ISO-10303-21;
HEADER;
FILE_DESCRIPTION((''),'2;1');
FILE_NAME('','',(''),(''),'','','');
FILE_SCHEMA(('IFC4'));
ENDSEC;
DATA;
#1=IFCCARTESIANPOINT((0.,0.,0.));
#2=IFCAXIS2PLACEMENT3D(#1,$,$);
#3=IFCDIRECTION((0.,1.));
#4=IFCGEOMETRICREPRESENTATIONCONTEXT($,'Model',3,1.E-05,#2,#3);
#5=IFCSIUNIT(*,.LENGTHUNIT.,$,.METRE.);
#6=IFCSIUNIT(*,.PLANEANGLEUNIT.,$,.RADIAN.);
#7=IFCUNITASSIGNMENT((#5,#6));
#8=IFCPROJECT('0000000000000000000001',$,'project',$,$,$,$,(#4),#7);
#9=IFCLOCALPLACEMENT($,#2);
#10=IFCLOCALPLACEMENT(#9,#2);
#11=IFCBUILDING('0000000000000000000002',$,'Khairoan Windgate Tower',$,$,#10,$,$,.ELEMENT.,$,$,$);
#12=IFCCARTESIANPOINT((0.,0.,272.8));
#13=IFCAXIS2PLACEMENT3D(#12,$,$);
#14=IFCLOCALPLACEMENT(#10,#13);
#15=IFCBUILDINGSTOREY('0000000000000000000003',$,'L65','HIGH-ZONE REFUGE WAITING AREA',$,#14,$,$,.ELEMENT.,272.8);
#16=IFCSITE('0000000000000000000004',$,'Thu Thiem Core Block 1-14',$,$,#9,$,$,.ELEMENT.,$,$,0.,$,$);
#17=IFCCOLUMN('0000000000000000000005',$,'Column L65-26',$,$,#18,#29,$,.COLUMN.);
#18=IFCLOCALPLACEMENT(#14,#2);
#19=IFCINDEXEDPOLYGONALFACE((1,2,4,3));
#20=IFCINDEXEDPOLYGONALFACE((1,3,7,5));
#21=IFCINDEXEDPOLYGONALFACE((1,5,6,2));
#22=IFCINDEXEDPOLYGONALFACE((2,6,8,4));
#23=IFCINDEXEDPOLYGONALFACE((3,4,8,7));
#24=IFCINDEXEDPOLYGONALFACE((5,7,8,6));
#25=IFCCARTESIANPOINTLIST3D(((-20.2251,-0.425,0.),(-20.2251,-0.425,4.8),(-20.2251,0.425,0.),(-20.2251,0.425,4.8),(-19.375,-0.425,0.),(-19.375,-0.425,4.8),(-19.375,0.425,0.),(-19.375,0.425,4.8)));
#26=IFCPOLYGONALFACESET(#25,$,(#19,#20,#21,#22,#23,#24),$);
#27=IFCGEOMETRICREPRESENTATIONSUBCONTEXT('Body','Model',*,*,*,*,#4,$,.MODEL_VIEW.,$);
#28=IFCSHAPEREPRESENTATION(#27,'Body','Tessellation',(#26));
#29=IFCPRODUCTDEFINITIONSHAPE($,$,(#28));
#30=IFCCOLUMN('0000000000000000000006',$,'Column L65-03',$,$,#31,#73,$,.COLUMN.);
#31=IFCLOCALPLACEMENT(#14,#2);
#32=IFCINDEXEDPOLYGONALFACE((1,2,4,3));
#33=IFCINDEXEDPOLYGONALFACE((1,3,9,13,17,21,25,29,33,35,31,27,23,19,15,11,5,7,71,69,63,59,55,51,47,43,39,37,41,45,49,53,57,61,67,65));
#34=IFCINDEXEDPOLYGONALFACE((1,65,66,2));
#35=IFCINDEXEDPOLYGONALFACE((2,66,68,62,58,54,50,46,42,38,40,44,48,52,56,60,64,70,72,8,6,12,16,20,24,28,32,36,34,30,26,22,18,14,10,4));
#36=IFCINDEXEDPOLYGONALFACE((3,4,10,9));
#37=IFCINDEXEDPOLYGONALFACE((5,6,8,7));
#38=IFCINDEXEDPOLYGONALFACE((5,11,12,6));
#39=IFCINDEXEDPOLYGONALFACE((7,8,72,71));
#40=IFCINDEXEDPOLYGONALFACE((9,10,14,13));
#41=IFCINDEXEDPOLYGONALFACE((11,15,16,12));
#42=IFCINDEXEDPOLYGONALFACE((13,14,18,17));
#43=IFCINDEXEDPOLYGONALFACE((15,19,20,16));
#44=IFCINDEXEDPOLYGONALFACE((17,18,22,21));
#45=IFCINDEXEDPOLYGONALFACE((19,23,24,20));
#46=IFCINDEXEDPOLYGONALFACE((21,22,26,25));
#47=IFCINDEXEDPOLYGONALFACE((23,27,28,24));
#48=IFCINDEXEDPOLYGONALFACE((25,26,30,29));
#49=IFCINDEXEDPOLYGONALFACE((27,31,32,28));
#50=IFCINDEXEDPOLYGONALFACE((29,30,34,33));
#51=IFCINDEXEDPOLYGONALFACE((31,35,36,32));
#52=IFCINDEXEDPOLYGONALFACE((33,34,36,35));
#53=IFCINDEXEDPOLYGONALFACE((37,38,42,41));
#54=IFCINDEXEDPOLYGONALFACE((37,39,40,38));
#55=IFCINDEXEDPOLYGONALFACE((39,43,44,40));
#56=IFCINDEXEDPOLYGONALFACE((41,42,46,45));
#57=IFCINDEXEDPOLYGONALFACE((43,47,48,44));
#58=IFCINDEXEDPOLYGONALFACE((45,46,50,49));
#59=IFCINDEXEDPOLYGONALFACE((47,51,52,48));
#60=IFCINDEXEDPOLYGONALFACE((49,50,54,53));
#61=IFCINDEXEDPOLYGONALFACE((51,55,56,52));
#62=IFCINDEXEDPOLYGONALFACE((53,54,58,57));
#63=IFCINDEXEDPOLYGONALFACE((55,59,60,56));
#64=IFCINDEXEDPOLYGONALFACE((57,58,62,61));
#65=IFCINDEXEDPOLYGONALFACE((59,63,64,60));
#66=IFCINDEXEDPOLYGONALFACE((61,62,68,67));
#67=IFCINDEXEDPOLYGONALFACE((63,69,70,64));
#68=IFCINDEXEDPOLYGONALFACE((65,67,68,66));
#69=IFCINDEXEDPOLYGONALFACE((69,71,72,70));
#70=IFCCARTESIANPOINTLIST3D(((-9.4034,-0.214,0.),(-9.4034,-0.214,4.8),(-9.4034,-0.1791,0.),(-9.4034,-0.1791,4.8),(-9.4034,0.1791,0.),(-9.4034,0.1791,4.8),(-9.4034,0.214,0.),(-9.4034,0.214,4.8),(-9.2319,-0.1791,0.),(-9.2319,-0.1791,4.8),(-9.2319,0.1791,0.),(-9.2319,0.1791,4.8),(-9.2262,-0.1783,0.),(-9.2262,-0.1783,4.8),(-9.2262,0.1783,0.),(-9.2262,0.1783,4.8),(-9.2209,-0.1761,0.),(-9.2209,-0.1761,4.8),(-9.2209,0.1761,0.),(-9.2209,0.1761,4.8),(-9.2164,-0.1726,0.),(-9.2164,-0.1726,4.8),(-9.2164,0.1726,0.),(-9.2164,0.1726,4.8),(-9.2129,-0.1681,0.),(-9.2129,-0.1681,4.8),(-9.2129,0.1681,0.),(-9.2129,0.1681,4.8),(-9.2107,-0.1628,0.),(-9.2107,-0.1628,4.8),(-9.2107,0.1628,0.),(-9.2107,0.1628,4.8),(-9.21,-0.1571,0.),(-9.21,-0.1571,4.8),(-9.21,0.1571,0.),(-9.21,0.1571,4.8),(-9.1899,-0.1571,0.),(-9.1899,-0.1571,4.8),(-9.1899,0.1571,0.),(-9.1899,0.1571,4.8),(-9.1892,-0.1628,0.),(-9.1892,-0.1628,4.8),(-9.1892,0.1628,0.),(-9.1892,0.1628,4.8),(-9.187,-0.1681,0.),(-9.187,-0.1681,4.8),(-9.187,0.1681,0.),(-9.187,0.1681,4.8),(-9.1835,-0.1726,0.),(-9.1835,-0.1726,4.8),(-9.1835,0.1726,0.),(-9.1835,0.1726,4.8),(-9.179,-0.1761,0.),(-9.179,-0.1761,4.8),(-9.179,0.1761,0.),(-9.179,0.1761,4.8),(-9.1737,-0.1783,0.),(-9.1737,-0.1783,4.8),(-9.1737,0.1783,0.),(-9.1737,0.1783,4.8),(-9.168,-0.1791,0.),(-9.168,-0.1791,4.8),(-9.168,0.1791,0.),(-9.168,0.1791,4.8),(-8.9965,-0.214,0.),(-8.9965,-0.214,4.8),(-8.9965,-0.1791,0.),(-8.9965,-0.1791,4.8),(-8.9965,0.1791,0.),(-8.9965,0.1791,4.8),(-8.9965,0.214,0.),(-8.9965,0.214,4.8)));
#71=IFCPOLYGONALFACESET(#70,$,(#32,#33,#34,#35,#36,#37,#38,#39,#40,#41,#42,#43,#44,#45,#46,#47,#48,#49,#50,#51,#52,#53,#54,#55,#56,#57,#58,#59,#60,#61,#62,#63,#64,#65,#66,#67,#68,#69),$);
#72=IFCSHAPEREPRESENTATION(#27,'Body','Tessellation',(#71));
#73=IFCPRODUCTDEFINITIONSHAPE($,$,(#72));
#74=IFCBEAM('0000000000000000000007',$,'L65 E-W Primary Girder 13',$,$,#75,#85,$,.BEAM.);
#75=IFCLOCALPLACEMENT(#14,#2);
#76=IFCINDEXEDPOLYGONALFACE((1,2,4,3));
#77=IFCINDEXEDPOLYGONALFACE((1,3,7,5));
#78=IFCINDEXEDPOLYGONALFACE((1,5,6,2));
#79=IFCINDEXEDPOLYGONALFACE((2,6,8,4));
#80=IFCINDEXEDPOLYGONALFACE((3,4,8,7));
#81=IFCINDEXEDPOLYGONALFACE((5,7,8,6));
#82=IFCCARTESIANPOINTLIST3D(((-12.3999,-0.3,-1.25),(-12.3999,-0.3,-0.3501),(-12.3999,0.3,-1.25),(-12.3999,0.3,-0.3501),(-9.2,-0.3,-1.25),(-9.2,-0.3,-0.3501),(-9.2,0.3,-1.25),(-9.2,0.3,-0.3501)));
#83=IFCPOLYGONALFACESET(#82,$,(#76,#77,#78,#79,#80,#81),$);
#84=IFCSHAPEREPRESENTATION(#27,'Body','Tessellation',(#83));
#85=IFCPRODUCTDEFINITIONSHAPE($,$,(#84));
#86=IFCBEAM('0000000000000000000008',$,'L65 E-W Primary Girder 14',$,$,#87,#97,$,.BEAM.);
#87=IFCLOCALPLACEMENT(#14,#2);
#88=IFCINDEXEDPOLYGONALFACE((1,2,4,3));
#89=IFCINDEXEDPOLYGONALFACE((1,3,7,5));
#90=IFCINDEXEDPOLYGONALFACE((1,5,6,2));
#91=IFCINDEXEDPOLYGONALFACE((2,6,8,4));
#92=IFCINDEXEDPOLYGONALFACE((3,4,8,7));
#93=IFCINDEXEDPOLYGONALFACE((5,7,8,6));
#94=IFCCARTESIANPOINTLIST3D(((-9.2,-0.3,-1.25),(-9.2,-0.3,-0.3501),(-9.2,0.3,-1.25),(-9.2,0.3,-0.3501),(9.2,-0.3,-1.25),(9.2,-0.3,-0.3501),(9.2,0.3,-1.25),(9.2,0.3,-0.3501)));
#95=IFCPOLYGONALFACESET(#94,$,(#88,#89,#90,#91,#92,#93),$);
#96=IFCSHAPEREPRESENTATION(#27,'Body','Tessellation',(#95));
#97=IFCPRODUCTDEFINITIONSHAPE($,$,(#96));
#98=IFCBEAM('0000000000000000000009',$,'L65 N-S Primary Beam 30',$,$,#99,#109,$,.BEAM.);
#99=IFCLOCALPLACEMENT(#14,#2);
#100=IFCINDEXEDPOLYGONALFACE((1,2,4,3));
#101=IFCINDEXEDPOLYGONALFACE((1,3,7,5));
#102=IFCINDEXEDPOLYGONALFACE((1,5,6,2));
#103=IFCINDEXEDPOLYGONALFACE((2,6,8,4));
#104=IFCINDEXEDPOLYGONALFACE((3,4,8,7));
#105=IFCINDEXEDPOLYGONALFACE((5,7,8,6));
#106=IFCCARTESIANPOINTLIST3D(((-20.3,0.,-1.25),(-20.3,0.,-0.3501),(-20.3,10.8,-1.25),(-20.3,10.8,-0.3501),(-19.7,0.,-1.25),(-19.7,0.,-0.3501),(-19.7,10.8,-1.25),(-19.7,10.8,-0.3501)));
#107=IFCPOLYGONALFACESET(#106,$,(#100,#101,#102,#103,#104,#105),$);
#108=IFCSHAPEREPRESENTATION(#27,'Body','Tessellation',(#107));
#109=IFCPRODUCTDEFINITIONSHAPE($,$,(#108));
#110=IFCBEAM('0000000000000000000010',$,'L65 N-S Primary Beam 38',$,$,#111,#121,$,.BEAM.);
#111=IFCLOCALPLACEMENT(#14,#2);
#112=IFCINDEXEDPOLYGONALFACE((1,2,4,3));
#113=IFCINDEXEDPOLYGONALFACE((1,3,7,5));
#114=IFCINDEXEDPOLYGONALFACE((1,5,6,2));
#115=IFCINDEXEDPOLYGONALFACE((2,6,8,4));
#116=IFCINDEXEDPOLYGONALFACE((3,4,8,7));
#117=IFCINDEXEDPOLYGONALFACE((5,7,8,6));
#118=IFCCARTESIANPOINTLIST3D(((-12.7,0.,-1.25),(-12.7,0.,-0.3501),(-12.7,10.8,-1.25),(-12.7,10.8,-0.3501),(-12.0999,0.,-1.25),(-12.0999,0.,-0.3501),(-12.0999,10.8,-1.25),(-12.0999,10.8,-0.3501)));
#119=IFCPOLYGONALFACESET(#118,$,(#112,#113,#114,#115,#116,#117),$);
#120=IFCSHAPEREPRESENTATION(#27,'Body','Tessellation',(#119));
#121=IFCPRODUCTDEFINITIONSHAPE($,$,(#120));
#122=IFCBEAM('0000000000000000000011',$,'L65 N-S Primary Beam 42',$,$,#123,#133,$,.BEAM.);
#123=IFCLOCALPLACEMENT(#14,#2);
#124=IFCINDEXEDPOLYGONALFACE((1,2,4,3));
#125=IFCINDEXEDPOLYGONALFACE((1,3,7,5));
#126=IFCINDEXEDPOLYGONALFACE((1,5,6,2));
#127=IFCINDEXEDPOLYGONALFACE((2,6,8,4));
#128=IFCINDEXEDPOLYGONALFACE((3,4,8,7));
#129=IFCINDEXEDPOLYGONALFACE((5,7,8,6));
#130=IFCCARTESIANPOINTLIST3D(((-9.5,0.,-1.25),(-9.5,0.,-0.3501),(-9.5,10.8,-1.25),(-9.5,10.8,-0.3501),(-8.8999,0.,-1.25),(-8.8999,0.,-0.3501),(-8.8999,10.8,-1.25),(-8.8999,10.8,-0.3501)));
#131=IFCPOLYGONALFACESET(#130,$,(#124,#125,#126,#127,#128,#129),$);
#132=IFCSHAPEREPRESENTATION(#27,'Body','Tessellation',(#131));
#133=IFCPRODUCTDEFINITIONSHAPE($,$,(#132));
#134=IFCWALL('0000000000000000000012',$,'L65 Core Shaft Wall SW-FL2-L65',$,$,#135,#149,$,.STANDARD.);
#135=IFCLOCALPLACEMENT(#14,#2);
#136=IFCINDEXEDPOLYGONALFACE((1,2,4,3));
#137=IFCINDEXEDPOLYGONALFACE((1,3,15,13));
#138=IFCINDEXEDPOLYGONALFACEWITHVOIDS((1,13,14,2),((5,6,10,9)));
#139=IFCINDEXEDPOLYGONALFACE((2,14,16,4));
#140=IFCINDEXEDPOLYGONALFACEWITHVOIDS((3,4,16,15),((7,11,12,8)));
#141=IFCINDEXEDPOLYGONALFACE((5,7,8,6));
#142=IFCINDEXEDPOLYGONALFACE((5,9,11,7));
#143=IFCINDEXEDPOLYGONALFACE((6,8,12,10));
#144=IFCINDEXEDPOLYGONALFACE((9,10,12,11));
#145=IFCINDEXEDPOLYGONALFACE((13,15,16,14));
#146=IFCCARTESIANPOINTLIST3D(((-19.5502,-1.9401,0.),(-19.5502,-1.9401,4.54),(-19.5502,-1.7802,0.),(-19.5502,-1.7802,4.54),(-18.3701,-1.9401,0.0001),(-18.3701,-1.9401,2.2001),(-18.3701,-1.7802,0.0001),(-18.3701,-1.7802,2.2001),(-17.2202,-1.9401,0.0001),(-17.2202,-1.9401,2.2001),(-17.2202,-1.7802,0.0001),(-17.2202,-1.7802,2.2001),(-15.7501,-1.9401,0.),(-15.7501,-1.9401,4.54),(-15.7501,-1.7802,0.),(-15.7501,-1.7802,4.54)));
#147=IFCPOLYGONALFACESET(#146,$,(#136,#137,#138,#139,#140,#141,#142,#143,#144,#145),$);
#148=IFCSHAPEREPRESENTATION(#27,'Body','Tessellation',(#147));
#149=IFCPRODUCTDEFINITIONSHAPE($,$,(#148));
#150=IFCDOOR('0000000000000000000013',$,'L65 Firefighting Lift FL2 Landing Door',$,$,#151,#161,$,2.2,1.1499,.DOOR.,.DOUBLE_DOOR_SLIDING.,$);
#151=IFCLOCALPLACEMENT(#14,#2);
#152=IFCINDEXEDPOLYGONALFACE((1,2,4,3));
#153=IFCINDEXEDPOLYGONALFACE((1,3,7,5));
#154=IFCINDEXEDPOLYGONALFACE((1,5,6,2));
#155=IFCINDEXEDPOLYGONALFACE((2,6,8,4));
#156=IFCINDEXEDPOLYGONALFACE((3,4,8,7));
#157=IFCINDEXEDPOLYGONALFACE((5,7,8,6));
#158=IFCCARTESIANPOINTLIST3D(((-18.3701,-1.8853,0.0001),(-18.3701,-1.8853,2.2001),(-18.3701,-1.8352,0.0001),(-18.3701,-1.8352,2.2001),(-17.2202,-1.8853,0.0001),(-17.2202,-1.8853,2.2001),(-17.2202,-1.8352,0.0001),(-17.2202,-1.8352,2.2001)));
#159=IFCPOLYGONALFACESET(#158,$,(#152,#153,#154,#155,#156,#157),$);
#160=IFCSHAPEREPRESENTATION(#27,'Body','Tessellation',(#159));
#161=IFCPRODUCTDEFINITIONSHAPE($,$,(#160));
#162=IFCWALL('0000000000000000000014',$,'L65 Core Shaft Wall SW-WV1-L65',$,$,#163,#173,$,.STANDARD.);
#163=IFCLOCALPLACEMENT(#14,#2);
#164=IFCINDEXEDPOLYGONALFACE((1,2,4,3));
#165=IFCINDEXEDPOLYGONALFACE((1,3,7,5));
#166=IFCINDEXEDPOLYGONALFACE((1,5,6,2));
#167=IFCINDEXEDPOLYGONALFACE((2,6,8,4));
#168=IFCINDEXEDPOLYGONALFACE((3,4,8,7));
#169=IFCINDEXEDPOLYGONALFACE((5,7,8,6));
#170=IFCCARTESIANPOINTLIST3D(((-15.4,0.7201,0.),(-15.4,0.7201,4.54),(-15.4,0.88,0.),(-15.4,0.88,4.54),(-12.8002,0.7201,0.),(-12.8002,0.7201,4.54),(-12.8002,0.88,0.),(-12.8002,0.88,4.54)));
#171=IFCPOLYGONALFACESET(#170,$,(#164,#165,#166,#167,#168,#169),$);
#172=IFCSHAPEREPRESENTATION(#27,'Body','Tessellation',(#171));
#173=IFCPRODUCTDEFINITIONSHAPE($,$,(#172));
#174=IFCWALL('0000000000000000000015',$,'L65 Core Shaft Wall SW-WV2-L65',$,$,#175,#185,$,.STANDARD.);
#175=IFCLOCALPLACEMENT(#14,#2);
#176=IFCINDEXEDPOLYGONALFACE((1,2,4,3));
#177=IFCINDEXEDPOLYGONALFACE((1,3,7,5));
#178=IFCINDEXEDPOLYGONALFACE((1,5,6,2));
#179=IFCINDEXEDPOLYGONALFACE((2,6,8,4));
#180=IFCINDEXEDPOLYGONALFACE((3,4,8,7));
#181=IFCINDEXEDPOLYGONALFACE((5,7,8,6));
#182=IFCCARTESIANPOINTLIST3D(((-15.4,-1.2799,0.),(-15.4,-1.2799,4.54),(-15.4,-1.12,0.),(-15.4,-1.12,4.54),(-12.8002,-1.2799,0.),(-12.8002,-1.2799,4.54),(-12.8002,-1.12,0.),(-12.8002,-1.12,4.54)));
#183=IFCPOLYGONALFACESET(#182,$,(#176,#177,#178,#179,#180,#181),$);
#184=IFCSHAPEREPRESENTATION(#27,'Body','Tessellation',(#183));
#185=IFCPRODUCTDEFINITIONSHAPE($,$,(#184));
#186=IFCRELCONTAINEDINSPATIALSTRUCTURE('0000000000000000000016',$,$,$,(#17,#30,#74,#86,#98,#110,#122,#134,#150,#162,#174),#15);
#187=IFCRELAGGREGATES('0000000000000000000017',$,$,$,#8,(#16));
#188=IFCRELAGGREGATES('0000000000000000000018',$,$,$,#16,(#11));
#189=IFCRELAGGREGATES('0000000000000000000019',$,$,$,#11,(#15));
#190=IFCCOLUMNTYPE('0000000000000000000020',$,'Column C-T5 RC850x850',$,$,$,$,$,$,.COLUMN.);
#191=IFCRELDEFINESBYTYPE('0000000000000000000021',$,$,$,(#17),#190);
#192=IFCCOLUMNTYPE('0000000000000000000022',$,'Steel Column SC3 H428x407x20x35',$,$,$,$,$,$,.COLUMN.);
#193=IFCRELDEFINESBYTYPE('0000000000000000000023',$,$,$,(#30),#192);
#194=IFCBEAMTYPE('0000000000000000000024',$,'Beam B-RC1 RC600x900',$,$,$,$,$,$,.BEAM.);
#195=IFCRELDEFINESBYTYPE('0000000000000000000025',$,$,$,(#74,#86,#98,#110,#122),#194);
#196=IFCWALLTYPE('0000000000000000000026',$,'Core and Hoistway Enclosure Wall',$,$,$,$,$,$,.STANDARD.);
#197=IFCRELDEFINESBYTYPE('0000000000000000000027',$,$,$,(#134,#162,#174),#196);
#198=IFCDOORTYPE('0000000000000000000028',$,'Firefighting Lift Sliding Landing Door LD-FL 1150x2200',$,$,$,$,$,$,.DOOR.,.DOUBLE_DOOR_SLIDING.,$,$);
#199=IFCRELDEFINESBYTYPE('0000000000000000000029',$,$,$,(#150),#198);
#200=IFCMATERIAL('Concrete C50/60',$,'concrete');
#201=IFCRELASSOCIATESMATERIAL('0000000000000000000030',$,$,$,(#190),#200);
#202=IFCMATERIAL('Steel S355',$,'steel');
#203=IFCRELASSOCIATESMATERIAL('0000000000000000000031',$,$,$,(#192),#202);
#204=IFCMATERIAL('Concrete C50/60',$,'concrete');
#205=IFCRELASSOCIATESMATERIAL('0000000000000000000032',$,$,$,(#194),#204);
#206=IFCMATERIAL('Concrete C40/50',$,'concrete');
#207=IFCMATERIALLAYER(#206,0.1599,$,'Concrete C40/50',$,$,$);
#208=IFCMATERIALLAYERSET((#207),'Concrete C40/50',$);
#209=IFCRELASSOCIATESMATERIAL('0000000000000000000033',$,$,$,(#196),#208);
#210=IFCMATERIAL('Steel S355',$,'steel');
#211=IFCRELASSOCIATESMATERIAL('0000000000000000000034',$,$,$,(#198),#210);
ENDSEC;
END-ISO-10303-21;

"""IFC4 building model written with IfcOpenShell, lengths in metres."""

from ifc_helpers import new_model, si_unit, direction, frame, frame_2d, origin, origin_2d, place, context, subcontext, project, spatial, rectangle, i_section, extrude, material, layer, layer_set, material_profile, profile_set, type_object, element, fill, save


model = new_model("IFC4")

# Units and contexts
model_context = context("Model", 3, precision=1e-05, world=origin(), true_north=direction((0.0, 1.0)))
body_context = subcontext(model_context, "Body", "Model", "MODEL_VIEW")
ifc_project = project(units=[si_unit("LENGTHUNIT", "METRE"), si_unit("PLANEANGLEUNIT", "RADIAN")], contexts=[model_context])

# Site, building, storey
site_placement = place(None, origin())
site = spatial("IfcSite", under=ifc_project, at=site_placement, Name="Thu Thiem Core Block 1-14", CompositionType="ELEMENT", RefElevation=0.0)
building_placement = place(site_placement, origin())
building = spatial("IfcBuilding", under=site, at=building_placement, Name="Khairoan Windgate Tower", CompositionType="ELEMENT")
storey_placement = place(building_placement, frame((0.0, 0.0, 272.8)))
storey = spatial("IfcBuildingStorey", under=building, at=storey_placement, Name="L65", Description="HIGH-ZONE REFUGE WAITING AREA", CompositionType="ELEMENT", Elevation=272.8)

# Columns
ifc_material_1 = material(Name="Concrete C50/60", Category="concrete")
ifc_material_profile_1 = material_profile(ifc_material_1, rectangle(XDim=0.8501, YDim=0.8501, at=origin_2d()))
ifc_profile_set_1 = profile_set([ifc_material_profile_1], Name="Concrete C50/60")
column_type_1 = type_object("IfcColumnType", Name="Column C-T5 RC850x850", PredefinedType="COLUMN", material=ifc_profile_set_1)
column_1_placement = place(storey_placement, frame((-19.8, 0.0, 0.0), z_axis=(0.0, 0.0, 1.0), x_axis=(1.0, 0.0, 0.0)))
element("IfcColumn", 1, at=column_1_placement, inside=storey, type_object=column_type_1, Name="Column L65-26", PredefinedType="COLUMN", context=body_context, shape_type="SweptSolid", body=[
    extrude(rectangle(XDim=0.8501, YDim=0.8501, at=origin_2d()), origin(), (0.0, 0.0, 1.0), 4.8),
])
ifc_material_2 = material(Name="Steel S355", Category="steel")
ifc_material_profile_2 = material_profile(ifc_material_2, i_section(OverallWidth=0.407, OverallDepth=0.428, WebThickness=0.02, FlangeThickness=0.0349, FilletRadius=0.022, at=origin_2d()))
ifc_profile_set_2 = profile_set([ifc_material_profile_2], Name="Steel S355")
column_type_2 = type_object("IfcColumnType", Name="Steel Column SC3 H428x407x20x35", PredefinedType="COLUMN", material=ifc_profile_set_2)
column_2_placement = place(storey_placement, frame((-9.2, 0.0, 0.0), z_axis=(0.0, 0.0, 1.0), x_axis=(1.0, 0.0, 0.0)))
element("IfcColumn", 2, at=column_2_placement, inside=storey, type_object=column_type_2, Name="Column L65-03", PredefinedType="COLUMN", context=body_context, shape_type="SweptSolid", body=[
    extrude(i_section(OverallWidth=0.407, OverallDepth=0.428, WebThickness=0.02, FlangeThickness=0.0349, FilletRadius=0.022, at=origin_2d()), origin(), (0.0, 0.0, 1.0), 4.8),
])

# Beams
ifc_material_3 = material(Name="Concrete C50/60", Category="concrete")
ifc_material_profile_3 = material_profile(ifc_material_3, rectangle(XDim=0.6001, YDim=0.8999, at=origin_2d()))
ifc_profile_set_3 = profile_set([ifc_material_profile_3], Name="Concrete C50/60")
beam_type = type_object("IfcBeamType", Name="Beam B-RC1 RC600x900", PredefinedType="BEAM", material=ifc_profile_set_3)
beam_1_placement = place(storey_placement, frame((-12.3999, 0.0, -0.8), z_axis=(1.0, 0.0, 0.0), x_axis=(0.0, 1.0, 0.0)))
element("IfcBeam", 3, at=beam_1_placement, inside=storey, type_object=beam_type, Name="L65 E-W Primary Girder 13", PredefinedType="BEAM", context=body_context, shape_type="SweptSolid", body=[
    extrude(rectangle(XDim=0.6001, YDim=0.8999, at=origin_2d()), origin(), (0.0, 0.0, 1.0), 3.2),
])
beam_2_placement = place(storey_placement, frame((-9.2, 0.0, -0.8), z_axis=(1.0, 0.0, 0.0), x_axis=(0.0, 1.0, 0.0)))
element("IfcBeam", 4, at=beam_2_placement, inside=storey, type_object=beam_type, Name="L65 E-W Primary Girder 14", PredefinedType="BEAM", context=body_context, shape_type="SweptSolid", body=[
    extrude(rectangle(XDim=0.6001, YDim=0.8999, at=origin_2d()), origin(), (0.0, 0.0, 1.0), 18.3999),
])
for number, where, z_axis, x_axis, name in (
    (5, (-20.0, 0.0, -0.8), (0.0, 1.0, 0.0), (-1.0, 0.0, 0.0), "L65 N-S Primary Beam 30"),
    (6, (-12.3999, 0.0, -0.8), (0.0, 1.0, 0.0), (-1.0, 0.0, 0.0), "L65 N-S Primary Beam 38"),
    (7, (-9.2, 0.0, -0.8), (0.0, 1.0, 0.0), (-1.0, 0.0, 0.0), "L65 N-S Primary Beam 42"),
):
    element("IfcBeam", number, at=place(storey_placement, frame(where, z_axis=z_axis, x_axis=x_axis)), inside=storey, type_object=beam_type, Name=name, PredefinedType="BEAM", context=body_context, shape_type="SweptSolid", body=[
        extrude(rectangle(XDim=0.6001, YDim=0.8999, at=origin_2d()), origin(), (0.0, 0.0, 1.0), 10.8),
    ])

# Wall, opening, door
ifc_material_4 = material(Name="Concrete C40/50", Category="concrete")
ifc_layer_1 = layer(ifc_material_4, 0.1599, Name="Concrete C40/50")
ifc_layer_set_1 = layer_set([ifc_layer_1], Name="Concrete C40/50")
wall_type_1 = type_object("IfcWallType", Name="Core and Hoistway Enclosure Wall", PredefinedType="STANDARD", material=ifc_layer_set_1)
wall_1_placement = place(storey_placement, frame((-19.55, -1.8601, 0.0), z_axis=(0.0, 0.0, 1.0), x_axis=(1.0, 0.0, 0.0)))
wall_1 = element("IfcWall", 8, at=wall_1_placement, inside=storey, type_object=wall_type_1, Name="L65 Core Shaft Wall SW-FL2-L65", PredefinedType="STANDARD", context=body_context, shape_type="SweptSolid", body=[
    extrude(rectangle(XDim=3.8, YDim=0.1599, at=frame_2d((1.8999, 0.0))), origin(), (0.0, 0.0, 1.0), 4.54),
])
opening_1_placement = place(wall_1_placement, frame((1.1799, 0.0, 0.0)))
opening_1 = element("IfcOpeningElement", 9, at=opening_1_placement, cuts=wall_1, PredefinedType="OPENING", context=body_context, shape_type="SweptSolid", body=[
    extrude(rectangle(XDim=1.1499, YDim=2.2, at=frame_2d((0.575, 1.1001))), frame((0.0, 0.0898, 0.0), z_axis=(0.0, -1.0, 0.0), x_axis=(1.0, 0.0, 0.0)), (0.0, 0.0, 1.0), 0.1799),
])
ifc_material_5 = material(Name="Steel S355", Category="steel")
door_type_1 = type_object("IfcDoorType", Name="Firefighting Lift Sliding Landing Door LD-FL 1150x2200", OperationType="DOUBLE_DOOR_SLIDING", PredefinedType="DOOR", material=ifc_material_5)
door_1_placement = place(opening_1_placement, origin())
door_1 = element("IfcDoor", 10, at=door_1_placement, inside=storey, type_object=door_type_1, Name="L65 Firefighting Lift FL2 Landing Door", OperationType="DOUBLE_DOOR_SLIDING", OverallHeight=2.2, OverallWidth=1.1499, PredefinedType="DOOR", context=body_context, shape_type="SweptSolid", body=[
    extrude(rectangle(XDim=1.1499, YDim=2.2, at=frame_2d((0.575, 1.1001))), frame((0.0, 0.0249, 0.0), z_axis=(0.0, -1.0, 0.0), x_axis=(1.0, 0.0, 0.0)), (0.0, 0.0, 1.0), 0.05),
])
fill(opening_1, door_1)

# Walls
for number, where, z_axis, x_axis, name in (
    (11, (-15.3999, 0.8, 0.0), (0.0, 0.0, 1.0), (1.0, 0.0, 0.0), "L65 Core Shaft Wall SW-WV1-L65"),
    (12, (-15.3999, -1.2, 0.0), (0.0, 0.0, 1.0), (1.0, 0.0, 0.0), "L65 Core Shaft Wall SW-WV2-L65"),
):
    element("IfcWall", number, at=place(storey_placement, frame(where, z_axis=z_axis, x_axis=x_axis)), inside=storey, type_object=wall_type_1, Name=name, PredefinedType="STANDARD", context=body_context, shape_type="SweptSolid", body=[
        extrude(rectangle(XDim=2.5999, YDim=0.1599, at=frame_2d((1.2998, 0.0))), origin(), (0.0, 0.0, 1.0), 4.54),
    ])

save(model, "model.ifc")
